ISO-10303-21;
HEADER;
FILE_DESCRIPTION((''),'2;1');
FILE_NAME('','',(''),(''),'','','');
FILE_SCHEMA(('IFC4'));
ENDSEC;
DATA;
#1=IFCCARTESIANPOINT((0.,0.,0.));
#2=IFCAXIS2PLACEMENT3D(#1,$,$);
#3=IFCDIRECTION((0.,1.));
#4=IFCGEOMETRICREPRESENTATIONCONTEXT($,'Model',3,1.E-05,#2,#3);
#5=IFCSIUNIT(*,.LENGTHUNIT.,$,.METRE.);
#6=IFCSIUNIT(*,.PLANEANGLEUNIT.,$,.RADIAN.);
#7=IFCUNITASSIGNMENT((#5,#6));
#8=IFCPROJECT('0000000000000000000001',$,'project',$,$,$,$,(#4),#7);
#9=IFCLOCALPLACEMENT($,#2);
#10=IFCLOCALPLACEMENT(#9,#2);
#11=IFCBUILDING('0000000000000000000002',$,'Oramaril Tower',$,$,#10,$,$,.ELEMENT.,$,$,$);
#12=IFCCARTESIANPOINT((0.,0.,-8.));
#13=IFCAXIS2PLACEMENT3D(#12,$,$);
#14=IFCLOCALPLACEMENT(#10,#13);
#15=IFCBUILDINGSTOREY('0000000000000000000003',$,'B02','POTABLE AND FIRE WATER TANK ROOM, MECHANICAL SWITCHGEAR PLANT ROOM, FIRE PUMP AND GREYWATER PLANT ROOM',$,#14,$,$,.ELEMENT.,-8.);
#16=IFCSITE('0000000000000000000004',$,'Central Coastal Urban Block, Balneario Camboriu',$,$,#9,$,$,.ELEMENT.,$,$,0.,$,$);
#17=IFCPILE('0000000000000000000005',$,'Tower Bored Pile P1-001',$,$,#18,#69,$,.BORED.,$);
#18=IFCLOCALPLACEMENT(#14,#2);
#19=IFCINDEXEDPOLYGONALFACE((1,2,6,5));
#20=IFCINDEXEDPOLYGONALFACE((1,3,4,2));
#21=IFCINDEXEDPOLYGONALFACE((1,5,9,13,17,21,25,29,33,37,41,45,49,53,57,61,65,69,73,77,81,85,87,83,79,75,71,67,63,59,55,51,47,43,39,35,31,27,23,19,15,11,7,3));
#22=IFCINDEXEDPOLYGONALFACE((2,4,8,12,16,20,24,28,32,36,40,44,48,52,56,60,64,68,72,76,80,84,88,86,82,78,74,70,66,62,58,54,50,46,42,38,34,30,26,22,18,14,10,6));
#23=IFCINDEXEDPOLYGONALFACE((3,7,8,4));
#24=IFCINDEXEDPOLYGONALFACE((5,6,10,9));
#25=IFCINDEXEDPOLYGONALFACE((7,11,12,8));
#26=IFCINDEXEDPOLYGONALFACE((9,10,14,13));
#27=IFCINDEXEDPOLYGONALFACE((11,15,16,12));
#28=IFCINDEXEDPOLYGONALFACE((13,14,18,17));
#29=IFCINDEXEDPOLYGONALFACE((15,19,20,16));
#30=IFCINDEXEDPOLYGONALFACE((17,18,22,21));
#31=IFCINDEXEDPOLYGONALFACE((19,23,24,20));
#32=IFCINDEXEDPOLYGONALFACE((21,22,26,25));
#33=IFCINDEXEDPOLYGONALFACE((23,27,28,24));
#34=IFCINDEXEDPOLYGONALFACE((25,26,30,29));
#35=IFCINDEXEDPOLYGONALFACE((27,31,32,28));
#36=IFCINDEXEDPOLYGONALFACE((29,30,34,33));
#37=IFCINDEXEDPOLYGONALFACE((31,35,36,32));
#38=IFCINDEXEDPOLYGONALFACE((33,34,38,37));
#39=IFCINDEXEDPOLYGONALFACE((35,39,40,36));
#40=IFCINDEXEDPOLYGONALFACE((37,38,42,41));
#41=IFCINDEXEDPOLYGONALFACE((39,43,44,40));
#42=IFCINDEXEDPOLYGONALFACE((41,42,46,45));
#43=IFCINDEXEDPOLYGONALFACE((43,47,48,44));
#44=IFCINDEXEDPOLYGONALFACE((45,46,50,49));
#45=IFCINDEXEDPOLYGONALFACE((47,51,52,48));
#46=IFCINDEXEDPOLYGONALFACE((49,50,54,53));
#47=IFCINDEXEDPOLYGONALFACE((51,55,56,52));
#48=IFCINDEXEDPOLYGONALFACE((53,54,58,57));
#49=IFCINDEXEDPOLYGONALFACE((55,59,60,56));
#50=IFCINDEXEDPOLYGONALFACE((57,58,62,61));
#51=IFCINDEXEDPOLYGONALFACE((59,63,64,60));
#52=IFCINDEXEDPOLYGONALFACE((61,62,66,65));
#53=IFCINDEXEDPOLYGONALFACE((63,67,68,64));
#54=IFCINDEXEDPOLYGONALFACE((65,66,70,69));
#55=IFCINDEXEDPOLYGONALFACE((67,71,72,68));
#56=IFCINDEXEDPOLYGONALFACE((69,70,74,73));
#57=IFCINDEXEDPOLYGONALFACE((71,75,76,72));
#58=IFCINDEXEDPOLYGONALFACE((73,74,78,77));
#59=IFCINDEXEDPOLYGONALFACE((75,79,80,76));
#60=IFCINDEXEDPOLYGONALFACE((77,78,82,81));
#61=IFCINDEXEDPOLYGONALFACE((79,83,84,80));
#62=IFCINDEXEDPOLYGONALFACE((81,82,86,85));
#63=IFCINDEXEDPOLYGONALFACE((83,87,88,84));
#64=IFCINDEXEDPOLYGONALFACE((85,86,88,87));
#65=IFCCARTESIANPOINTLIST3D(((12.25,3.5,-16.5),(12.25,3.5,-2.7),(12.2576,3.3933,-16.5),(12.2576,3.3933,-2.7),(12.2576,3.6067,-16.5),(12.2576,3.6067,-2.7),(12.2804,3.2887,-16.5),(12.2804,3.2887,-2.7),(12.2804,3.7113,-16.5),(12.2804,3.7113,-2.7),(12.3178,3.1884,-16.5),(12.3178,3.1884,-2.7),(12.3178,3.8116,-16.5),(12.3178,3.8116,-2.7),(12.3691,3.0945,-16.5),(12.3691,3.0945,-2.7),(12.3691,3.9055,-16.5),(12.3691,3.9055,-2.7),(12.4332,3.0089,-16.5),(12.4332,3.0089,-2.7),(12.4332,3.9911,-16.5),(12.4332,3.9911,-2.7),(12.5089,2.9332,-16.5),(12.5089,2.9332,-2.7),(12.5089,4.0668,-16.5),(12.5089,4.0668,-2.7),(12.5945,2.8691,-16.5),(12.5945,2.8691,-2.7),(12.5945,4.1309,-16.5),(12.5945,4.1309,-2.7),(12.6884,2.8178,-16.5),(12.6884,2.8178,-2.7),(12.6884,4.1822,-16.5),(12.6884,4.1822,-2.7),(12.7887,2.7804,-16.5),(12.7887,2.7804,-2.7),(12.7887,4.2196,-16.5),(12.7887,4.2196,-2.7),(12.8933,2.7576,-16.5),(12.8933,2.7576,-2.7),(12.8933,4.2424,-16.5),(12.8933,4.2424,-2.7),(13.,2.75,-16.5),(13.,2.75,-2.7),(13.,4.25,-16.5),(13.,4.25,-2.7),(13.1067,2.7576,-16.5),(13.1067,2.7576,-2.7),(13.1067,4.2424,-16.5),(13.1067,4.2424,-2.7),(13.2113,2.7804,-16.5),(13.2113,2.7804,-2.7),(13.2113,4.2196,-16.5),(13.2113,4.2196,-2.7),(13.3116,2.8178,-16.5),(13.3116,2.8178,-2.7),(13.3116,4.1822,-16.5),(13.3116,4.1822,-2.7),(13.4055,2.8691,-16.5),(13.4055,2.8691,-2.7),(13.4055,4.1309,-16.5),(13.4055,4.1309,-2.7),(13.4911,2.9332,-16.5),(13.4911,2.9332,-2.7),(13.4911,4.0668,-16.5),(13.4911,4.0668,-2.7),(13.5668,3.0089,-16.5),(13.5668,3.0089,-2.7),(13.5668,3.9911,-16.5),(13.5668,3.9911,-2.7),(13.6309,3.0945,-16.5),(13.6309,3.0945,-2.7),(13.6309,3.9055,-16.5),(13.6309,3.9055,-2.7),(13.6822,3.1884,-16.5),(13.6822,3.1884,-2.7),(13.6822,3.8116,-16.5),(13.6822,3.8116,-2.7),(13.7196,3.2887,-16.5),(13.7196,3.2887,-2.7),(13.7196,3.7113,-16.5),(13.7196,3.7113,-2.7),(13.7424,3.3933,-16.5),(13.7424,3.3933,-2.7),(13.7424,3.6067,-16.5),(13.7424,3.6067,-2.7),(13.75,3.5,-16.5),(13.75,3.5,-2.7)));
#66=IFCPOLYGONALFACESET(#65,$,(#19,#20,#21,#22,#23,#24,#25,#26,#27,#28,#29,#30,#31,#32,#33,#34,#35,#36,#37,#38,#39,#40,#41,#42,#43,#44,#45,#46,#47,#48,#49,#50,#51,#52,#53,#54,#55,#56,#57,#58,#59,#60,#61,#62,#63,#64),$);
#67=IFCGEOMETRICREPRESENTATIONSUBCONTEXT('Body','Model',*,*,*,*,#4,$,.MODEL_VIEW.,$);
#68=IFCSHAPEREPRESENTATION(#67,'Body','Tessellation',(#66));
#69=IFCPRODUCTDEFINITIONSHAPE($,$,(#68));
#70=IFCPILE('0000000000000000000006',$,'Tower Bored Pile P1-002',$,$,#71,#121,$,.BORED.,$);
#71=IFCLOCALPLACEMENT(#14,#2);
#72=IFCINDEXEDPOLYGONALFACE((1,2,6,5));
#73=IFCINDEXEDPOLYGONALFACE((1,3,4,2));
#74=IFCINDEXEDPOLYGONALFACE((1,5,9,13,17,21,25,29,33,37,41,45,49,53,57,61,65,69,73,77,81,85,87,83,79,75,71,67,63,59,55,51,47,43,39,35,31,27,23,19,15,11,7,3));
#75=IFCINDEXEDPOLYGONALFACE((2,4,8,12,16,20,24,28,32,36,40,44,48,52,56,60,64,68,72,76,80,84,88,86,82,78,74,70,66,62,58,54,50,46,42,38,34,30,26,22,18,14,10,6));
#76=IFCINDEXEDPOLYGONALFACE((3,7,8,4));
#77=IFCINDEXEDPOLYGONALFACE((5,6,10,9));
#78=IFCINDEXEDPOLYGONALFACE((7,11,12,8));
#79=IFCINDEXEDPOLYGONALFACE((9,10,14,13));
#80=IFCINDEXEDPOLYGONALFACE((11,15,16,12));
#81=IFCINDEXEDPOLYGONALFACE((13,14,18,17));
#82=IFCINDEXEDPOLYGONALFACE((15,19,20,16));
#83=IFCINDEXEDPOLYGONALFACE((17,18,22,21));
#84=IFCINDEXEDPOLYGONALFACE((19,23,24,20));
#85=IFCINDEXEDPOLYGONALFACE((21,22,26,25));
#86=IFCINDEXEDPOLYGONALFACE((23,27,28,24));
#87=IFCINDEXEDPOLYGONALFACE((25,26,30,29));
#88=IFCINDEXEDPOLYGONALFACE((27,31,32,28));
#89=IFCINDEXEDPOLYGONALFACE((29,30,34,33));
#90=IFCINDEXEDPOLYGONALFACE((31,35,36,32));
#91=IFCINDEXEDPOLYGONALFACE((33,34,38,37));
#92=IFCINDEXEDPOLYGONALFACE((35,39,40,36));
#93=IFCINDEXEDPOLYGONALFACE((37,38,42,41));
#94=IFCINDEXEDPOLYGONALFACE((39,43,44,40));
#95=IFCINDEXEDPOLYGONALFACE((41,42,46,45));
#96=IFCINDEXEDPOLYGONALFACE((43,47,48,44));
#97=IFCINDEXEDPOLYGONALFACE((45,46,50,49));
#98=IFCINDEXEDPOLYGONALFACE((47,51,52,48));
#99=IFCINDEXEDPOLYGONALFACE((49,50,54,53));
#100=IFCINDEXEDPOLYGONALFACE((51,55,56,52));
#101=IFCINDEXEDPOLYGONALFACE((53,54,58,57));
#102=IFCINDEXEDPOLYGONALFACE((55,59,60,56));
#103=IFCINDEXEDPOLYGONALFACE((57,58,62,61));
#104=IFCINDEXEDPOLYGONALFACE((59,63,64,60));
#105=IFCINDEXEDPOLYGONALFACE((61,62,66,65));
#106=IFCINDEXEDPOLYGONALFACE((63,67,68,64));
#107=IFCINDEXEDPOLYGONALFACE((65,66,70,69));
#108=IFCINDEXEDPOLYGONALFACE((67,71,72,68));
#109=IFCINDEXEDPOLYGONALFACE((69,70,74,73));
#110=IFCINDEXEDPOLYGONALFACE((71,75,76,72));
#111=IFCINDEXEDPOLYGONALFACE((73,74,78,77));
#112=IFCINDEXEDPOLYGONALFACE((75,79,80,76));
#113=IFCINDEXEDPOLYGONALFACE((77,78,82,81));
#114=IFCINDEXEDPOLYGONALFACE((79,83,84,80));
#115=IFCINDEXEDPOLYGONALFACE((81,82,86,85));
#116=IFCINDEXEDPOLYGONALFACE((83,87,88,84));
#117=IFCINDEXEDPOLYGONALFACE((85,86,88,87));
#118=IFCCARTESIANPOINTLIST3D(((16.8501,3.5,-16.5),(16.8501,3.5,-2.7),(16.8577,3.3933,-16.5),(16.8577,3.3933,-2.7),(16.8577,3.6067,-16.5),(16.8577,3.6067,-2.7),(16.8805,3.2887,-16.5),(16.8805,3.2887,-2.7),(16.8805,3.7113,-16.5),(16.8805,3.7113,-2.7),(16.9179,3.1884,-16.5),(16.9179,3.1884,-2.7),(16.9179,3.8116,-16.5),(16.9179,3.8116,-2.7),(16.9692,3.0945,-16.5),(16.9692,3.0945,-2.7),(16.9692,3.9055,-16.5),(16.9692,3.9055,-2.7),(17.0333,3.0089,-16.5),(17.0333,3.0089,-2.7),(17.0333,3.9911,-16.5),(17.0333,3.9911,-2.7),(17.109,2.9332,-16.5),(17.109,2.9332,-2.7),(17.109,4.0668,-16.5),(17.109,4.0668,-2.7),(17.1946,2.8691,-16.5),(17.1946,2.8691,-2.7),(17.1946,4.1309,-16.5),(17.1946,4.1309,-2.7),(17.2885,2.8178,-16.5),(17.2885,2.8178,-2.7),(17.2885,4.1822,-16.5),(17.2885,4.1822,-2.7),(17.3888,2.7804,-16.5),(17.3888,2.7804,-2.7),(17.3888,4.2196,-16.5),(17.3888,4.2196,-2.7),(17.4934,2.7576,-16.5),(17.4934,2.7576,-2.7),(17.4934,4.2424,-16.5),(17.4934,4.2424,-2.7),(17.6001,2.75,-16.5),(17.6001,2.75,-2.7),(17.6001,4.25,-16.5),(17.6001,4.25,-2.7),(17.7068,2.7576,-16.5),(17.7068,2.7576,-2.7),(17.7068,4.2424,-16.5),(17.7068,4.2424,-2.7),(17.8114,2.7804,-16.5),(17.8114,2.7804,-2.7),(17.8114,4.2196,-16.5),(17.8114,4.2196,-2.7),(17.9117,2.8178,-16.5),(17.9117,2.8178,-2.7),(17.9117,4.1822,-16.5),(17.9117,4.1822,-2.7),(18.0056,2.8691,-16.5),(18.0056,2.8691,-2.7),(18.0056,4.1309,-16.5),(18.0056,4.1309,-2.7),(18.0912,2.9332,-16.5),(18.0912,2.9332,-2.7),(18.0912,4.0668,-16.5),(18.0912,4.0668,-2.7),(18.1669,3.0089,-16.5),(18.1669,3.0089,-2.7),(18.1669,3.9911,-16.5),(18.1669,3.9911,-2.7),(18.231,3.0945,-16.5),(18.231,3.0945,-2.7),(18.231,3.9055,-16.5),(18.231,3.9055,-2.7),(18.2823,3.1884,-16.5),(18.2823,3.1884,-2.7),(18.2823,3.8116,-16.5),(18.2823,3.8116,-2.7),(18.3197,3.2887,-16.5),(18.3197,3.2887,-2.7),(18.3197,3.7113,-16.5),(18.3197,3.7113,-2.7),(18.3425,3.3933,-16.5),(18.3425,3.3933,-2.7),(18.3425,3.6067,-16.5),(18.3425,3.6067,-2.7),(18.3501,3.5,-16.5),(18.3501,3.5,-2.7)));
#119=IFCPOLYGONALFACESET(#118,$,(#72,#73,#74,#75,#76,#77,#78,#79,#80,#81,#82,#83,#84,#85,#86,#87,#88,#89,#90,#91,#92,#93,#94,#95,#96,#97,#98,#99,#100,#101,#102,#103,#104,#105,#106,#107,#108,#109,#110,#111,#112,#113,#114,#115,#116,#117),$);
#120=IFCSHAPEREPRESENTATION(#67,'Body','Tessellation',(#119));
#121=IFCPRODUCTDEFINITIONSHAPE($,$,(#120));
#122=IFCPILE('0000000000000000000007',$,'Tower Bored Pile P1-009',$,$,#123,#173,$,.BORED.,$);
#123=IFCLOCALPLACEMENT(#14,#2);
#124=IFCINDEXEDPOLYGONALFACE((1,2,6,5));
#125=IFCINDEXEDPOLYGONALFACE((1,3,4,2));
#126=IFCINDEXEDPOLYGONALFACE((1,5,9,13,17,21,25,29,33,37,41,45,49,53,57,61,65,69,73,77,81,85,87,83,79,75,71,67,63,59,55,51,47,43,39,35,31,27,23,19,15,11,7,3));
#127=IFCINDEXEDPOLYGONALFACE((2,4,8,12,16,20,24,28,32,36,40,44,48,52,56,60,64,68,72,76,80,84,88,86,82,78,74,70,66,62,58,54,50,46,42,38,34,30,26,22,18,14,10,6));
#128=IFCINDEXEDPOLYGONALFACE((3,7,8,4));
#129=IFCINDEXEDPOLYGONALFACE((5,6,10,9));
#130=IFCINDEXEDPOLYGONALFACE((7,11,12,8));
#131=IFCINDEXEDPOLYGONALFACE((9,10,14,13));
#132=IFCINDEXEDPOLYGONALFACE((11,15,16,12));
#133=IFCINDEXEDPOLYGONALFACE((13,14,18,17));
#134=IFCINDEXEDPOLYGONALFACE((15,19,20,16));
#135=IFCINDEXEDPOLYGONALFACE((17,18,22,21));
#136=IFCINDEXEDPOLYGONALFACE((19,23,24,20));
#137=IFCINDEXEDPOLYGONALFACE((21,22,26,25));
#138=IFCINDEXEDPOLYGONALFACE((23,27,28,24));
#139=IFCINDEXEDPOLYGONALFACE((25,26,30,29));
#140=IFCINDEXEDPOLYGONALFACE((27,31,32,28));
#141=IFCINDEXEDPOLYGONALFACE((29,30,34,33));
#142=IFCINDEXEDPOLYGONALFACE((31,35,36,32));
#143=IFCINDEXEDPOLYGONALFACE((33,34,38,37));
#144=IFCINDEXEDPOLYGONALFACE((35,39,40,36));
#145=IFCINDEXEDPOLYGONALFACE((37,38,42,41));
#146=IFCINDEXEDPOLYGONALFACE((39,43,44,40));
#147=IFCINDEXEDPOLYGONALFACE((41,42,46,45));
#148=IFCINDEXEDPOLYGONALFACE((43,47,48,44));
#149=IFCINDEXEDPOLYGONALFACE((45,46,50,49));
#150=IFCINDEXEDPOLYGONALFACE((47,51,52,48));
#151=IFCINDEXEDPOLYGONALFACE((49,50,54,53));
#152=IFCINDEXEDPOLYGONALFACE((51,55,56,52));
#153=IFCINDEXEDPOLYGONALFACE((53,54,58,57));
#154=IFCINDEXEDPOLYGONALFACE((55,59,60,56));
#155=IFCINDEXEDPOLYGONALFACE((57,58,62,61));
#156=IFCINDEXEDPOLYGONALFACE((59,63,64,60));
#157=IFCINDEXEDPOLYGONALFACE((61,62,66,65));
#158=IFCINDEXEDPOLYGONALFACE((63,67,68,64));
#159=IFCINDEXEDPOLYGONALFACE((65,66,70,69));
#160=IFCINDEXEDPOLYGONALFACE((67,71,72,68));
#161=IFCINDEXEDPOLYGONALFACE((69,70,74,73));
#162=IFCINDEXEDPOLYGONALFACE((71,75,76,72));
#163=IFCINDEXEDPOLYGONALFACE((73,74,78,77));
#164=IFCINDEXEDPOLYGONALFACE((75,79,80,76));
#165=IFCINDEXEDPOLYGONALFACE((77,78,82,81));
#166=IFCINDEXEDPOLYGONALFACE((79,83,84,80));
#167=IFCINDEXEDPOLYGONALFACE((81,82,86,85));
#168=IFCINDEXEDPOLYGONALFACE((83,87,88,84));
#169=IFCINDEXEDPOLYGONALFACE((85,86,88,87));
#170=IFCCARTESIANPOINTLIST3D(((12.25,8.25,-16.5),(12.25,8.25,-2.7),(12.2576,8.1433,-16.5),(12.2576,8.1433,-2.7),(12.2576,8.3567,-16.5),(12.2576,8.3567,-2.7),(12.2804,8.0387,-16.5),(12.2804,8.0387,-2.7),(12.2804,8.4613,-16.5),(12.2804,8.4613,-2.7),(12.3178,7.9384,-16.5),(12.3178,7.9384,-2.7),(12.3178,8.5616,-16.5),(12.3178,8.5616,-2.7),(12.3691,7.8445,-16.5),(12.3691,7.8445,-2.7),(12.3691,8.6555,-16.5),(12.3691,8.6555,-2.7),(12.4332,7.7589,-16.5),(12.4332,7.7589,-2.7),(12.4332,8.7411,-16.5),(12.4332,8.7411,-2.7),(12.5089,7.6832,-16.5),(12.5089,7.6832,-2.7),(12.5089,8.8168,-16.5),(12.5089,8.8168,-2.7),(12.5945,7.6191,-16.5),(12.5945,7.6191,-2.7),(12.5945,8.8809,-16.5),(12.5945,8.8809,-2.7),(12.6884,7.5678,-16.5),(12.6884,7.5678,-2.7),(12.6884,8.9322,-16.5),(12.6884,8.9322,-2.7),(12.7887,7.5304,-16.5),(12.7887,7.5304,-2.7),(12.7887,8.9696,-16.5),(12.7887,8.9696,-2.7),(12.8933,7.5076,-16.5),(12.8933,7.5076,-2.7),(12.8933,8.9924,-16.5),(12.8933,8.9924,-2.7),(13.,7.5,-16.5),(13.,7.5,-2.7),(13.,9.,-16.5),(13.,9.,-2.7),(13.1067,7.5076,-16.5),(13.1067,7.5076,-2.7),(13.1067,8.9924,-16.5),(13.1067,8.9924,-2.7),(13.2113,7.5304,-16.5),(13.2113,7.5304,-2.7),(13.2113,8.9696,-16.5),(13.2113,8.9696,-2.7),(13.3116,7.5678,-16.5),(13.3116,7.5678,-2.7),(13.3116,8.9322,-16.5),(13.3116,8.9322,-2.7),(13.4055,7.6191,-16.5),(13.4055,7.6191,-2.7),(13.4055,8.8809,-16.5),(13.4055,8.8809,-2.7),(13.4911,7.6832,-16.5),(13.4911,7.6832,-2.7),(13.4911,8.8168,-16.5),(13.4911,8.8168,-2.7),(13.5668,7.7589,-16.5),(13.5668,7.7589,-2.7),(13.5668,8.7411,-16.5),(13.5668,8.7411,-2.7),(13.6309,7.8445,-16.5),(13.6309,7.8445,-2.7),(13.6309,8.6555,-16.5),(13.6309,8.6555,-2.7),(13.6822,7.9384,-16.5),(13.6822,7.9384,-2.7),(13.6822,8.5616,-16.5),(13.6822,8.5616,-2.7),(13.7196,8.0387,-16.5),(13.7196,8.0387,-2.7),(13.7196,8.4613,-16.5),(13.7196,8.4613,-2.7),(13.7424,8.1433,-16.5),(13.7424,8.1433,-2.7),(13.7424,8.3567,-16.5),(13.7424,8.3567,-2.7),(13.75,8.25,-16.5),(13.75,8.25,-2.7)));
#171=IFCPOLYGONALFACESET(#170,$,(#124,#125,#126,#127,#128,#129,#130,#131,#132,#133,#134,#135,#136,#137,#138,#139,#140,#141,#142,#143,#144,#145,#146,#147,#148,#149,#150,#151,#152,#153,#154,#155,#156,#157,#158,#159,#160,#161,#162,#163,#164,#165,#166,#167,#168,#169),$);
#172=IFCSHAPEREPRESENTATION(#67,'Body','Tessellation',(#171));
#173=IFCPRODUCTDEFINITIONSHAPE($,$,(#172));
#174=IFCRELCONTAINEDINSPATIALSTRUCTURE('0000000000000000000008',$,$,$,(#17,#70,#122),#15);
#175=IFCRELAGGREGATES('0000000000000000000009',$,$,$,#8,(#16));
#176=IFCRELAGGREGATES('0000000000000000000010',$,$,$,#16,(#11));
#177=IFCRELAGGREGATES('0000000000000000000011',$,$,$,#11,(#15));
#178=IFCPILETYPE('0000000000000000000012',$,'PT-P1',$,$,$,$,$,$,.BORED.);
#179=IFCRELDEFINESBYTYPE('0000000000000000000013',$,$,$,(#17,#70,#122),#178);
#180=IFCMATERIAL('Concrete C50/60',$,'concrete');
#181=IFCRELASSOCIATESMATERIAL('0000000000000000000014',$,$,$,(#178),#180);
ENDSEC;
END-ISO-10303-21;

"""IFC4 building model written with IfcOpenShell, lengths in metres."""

from ifc_helpers import new_model, si_unit, direction, frame, origin, origin_2d, place, context, subcontext, project, spatial, circle, extrude, material, material_profile, profile_set, type_object, element, save


model = new_model("IFC4")

# Units and contexts
model_context = context("Model", 3, precision=1e-05, world=origin(), true_north=direction((0.0, 1.0)))
body_context = subcontext(model_context, "Body", "Model", "MODEL_VIEW")
ifc_project = project(units=[si_unit("LENGTHUNIT", "METRE"), si_unit("PLANEANGLEUNIT", "RADIAN")], contexts=[model_context])

# Site, building, storey
site_placement = place(None, origin())
site = spatial("IfcSite", under=ifc_project, at=site_placement, Name="Central Coastal Urban Block, Balneario Camboriu", CompositionType="ELEMENT", RefElevation=0.0)
building_placement = place(site_placement, origin())
building = spatial("IfcBuilding", under=site, at=building_placement, Name="Oramaril Tower", CompositionType="ELEMENT")
storey_placement = place(building_placement, frame((0.0, 0.0, -8.0)))
storey = spatial("IfcBuildingStorey", under=building, at=storey_placement, Name="B02", Description="POTABLE AND FIRE WATER TANK ROOM, MECHANICAL SWITCHGEAR PLANT ROOM, FIRE PUMP AND GREYWATER PLANT ROOM", CompositionType="ELEMENT", Elevation=-8.0)

# Piles
ifc_material_1 = material(Name="Concrete C50/60", Category="concrete")
ifc_material_profile_1 = material_profile(ifc_material_1, circle(Radius=0.75, at=origin_2d()), Name="D1500")
ifc_profile_set_1 = profile_set([ifc_material_profile_1], Name="Concrete C50/60")
pile_type = type_object("IfcPileType", Name="PT-P1", PredefinedType="BORED", material=ifc_profile_set_1)
for number, where, z_axis, x_axis, name in (
    (1, (13.0, 3.5, -2.7), (0.0, 0.0, -1.0), (1.0, 0.0, 0.0), "Tower Bored Pile P1-001"),
    (2, (17.6001, 3.5, -2.7), (0.0, 0.0, -1.0), (1.0, 0.0, 0.0), "Tower Bored Pile P1-002"),
    (3, (13.0, 8.25, -2.7), (0.0, 0.0, -1.0), (1.0, 0.0, 0.0), "Tower Bored Pile P1-009"),
):
    element("IfcPile", number, at=place(storey_placement, frame(where, z_axis=z_axis, x_axis=x_axis)), inside=storey, type_object=pile_type, Name=name, PredefinedType="BORED", context=body_context, shape_type="SweptSolid", body=[
        extrude(circle(Radius=0.75, at=origin_2d()), origin(), (0.0, 0.0, 1.0), 13.8),
    ])

save(model, "model.ifc")
